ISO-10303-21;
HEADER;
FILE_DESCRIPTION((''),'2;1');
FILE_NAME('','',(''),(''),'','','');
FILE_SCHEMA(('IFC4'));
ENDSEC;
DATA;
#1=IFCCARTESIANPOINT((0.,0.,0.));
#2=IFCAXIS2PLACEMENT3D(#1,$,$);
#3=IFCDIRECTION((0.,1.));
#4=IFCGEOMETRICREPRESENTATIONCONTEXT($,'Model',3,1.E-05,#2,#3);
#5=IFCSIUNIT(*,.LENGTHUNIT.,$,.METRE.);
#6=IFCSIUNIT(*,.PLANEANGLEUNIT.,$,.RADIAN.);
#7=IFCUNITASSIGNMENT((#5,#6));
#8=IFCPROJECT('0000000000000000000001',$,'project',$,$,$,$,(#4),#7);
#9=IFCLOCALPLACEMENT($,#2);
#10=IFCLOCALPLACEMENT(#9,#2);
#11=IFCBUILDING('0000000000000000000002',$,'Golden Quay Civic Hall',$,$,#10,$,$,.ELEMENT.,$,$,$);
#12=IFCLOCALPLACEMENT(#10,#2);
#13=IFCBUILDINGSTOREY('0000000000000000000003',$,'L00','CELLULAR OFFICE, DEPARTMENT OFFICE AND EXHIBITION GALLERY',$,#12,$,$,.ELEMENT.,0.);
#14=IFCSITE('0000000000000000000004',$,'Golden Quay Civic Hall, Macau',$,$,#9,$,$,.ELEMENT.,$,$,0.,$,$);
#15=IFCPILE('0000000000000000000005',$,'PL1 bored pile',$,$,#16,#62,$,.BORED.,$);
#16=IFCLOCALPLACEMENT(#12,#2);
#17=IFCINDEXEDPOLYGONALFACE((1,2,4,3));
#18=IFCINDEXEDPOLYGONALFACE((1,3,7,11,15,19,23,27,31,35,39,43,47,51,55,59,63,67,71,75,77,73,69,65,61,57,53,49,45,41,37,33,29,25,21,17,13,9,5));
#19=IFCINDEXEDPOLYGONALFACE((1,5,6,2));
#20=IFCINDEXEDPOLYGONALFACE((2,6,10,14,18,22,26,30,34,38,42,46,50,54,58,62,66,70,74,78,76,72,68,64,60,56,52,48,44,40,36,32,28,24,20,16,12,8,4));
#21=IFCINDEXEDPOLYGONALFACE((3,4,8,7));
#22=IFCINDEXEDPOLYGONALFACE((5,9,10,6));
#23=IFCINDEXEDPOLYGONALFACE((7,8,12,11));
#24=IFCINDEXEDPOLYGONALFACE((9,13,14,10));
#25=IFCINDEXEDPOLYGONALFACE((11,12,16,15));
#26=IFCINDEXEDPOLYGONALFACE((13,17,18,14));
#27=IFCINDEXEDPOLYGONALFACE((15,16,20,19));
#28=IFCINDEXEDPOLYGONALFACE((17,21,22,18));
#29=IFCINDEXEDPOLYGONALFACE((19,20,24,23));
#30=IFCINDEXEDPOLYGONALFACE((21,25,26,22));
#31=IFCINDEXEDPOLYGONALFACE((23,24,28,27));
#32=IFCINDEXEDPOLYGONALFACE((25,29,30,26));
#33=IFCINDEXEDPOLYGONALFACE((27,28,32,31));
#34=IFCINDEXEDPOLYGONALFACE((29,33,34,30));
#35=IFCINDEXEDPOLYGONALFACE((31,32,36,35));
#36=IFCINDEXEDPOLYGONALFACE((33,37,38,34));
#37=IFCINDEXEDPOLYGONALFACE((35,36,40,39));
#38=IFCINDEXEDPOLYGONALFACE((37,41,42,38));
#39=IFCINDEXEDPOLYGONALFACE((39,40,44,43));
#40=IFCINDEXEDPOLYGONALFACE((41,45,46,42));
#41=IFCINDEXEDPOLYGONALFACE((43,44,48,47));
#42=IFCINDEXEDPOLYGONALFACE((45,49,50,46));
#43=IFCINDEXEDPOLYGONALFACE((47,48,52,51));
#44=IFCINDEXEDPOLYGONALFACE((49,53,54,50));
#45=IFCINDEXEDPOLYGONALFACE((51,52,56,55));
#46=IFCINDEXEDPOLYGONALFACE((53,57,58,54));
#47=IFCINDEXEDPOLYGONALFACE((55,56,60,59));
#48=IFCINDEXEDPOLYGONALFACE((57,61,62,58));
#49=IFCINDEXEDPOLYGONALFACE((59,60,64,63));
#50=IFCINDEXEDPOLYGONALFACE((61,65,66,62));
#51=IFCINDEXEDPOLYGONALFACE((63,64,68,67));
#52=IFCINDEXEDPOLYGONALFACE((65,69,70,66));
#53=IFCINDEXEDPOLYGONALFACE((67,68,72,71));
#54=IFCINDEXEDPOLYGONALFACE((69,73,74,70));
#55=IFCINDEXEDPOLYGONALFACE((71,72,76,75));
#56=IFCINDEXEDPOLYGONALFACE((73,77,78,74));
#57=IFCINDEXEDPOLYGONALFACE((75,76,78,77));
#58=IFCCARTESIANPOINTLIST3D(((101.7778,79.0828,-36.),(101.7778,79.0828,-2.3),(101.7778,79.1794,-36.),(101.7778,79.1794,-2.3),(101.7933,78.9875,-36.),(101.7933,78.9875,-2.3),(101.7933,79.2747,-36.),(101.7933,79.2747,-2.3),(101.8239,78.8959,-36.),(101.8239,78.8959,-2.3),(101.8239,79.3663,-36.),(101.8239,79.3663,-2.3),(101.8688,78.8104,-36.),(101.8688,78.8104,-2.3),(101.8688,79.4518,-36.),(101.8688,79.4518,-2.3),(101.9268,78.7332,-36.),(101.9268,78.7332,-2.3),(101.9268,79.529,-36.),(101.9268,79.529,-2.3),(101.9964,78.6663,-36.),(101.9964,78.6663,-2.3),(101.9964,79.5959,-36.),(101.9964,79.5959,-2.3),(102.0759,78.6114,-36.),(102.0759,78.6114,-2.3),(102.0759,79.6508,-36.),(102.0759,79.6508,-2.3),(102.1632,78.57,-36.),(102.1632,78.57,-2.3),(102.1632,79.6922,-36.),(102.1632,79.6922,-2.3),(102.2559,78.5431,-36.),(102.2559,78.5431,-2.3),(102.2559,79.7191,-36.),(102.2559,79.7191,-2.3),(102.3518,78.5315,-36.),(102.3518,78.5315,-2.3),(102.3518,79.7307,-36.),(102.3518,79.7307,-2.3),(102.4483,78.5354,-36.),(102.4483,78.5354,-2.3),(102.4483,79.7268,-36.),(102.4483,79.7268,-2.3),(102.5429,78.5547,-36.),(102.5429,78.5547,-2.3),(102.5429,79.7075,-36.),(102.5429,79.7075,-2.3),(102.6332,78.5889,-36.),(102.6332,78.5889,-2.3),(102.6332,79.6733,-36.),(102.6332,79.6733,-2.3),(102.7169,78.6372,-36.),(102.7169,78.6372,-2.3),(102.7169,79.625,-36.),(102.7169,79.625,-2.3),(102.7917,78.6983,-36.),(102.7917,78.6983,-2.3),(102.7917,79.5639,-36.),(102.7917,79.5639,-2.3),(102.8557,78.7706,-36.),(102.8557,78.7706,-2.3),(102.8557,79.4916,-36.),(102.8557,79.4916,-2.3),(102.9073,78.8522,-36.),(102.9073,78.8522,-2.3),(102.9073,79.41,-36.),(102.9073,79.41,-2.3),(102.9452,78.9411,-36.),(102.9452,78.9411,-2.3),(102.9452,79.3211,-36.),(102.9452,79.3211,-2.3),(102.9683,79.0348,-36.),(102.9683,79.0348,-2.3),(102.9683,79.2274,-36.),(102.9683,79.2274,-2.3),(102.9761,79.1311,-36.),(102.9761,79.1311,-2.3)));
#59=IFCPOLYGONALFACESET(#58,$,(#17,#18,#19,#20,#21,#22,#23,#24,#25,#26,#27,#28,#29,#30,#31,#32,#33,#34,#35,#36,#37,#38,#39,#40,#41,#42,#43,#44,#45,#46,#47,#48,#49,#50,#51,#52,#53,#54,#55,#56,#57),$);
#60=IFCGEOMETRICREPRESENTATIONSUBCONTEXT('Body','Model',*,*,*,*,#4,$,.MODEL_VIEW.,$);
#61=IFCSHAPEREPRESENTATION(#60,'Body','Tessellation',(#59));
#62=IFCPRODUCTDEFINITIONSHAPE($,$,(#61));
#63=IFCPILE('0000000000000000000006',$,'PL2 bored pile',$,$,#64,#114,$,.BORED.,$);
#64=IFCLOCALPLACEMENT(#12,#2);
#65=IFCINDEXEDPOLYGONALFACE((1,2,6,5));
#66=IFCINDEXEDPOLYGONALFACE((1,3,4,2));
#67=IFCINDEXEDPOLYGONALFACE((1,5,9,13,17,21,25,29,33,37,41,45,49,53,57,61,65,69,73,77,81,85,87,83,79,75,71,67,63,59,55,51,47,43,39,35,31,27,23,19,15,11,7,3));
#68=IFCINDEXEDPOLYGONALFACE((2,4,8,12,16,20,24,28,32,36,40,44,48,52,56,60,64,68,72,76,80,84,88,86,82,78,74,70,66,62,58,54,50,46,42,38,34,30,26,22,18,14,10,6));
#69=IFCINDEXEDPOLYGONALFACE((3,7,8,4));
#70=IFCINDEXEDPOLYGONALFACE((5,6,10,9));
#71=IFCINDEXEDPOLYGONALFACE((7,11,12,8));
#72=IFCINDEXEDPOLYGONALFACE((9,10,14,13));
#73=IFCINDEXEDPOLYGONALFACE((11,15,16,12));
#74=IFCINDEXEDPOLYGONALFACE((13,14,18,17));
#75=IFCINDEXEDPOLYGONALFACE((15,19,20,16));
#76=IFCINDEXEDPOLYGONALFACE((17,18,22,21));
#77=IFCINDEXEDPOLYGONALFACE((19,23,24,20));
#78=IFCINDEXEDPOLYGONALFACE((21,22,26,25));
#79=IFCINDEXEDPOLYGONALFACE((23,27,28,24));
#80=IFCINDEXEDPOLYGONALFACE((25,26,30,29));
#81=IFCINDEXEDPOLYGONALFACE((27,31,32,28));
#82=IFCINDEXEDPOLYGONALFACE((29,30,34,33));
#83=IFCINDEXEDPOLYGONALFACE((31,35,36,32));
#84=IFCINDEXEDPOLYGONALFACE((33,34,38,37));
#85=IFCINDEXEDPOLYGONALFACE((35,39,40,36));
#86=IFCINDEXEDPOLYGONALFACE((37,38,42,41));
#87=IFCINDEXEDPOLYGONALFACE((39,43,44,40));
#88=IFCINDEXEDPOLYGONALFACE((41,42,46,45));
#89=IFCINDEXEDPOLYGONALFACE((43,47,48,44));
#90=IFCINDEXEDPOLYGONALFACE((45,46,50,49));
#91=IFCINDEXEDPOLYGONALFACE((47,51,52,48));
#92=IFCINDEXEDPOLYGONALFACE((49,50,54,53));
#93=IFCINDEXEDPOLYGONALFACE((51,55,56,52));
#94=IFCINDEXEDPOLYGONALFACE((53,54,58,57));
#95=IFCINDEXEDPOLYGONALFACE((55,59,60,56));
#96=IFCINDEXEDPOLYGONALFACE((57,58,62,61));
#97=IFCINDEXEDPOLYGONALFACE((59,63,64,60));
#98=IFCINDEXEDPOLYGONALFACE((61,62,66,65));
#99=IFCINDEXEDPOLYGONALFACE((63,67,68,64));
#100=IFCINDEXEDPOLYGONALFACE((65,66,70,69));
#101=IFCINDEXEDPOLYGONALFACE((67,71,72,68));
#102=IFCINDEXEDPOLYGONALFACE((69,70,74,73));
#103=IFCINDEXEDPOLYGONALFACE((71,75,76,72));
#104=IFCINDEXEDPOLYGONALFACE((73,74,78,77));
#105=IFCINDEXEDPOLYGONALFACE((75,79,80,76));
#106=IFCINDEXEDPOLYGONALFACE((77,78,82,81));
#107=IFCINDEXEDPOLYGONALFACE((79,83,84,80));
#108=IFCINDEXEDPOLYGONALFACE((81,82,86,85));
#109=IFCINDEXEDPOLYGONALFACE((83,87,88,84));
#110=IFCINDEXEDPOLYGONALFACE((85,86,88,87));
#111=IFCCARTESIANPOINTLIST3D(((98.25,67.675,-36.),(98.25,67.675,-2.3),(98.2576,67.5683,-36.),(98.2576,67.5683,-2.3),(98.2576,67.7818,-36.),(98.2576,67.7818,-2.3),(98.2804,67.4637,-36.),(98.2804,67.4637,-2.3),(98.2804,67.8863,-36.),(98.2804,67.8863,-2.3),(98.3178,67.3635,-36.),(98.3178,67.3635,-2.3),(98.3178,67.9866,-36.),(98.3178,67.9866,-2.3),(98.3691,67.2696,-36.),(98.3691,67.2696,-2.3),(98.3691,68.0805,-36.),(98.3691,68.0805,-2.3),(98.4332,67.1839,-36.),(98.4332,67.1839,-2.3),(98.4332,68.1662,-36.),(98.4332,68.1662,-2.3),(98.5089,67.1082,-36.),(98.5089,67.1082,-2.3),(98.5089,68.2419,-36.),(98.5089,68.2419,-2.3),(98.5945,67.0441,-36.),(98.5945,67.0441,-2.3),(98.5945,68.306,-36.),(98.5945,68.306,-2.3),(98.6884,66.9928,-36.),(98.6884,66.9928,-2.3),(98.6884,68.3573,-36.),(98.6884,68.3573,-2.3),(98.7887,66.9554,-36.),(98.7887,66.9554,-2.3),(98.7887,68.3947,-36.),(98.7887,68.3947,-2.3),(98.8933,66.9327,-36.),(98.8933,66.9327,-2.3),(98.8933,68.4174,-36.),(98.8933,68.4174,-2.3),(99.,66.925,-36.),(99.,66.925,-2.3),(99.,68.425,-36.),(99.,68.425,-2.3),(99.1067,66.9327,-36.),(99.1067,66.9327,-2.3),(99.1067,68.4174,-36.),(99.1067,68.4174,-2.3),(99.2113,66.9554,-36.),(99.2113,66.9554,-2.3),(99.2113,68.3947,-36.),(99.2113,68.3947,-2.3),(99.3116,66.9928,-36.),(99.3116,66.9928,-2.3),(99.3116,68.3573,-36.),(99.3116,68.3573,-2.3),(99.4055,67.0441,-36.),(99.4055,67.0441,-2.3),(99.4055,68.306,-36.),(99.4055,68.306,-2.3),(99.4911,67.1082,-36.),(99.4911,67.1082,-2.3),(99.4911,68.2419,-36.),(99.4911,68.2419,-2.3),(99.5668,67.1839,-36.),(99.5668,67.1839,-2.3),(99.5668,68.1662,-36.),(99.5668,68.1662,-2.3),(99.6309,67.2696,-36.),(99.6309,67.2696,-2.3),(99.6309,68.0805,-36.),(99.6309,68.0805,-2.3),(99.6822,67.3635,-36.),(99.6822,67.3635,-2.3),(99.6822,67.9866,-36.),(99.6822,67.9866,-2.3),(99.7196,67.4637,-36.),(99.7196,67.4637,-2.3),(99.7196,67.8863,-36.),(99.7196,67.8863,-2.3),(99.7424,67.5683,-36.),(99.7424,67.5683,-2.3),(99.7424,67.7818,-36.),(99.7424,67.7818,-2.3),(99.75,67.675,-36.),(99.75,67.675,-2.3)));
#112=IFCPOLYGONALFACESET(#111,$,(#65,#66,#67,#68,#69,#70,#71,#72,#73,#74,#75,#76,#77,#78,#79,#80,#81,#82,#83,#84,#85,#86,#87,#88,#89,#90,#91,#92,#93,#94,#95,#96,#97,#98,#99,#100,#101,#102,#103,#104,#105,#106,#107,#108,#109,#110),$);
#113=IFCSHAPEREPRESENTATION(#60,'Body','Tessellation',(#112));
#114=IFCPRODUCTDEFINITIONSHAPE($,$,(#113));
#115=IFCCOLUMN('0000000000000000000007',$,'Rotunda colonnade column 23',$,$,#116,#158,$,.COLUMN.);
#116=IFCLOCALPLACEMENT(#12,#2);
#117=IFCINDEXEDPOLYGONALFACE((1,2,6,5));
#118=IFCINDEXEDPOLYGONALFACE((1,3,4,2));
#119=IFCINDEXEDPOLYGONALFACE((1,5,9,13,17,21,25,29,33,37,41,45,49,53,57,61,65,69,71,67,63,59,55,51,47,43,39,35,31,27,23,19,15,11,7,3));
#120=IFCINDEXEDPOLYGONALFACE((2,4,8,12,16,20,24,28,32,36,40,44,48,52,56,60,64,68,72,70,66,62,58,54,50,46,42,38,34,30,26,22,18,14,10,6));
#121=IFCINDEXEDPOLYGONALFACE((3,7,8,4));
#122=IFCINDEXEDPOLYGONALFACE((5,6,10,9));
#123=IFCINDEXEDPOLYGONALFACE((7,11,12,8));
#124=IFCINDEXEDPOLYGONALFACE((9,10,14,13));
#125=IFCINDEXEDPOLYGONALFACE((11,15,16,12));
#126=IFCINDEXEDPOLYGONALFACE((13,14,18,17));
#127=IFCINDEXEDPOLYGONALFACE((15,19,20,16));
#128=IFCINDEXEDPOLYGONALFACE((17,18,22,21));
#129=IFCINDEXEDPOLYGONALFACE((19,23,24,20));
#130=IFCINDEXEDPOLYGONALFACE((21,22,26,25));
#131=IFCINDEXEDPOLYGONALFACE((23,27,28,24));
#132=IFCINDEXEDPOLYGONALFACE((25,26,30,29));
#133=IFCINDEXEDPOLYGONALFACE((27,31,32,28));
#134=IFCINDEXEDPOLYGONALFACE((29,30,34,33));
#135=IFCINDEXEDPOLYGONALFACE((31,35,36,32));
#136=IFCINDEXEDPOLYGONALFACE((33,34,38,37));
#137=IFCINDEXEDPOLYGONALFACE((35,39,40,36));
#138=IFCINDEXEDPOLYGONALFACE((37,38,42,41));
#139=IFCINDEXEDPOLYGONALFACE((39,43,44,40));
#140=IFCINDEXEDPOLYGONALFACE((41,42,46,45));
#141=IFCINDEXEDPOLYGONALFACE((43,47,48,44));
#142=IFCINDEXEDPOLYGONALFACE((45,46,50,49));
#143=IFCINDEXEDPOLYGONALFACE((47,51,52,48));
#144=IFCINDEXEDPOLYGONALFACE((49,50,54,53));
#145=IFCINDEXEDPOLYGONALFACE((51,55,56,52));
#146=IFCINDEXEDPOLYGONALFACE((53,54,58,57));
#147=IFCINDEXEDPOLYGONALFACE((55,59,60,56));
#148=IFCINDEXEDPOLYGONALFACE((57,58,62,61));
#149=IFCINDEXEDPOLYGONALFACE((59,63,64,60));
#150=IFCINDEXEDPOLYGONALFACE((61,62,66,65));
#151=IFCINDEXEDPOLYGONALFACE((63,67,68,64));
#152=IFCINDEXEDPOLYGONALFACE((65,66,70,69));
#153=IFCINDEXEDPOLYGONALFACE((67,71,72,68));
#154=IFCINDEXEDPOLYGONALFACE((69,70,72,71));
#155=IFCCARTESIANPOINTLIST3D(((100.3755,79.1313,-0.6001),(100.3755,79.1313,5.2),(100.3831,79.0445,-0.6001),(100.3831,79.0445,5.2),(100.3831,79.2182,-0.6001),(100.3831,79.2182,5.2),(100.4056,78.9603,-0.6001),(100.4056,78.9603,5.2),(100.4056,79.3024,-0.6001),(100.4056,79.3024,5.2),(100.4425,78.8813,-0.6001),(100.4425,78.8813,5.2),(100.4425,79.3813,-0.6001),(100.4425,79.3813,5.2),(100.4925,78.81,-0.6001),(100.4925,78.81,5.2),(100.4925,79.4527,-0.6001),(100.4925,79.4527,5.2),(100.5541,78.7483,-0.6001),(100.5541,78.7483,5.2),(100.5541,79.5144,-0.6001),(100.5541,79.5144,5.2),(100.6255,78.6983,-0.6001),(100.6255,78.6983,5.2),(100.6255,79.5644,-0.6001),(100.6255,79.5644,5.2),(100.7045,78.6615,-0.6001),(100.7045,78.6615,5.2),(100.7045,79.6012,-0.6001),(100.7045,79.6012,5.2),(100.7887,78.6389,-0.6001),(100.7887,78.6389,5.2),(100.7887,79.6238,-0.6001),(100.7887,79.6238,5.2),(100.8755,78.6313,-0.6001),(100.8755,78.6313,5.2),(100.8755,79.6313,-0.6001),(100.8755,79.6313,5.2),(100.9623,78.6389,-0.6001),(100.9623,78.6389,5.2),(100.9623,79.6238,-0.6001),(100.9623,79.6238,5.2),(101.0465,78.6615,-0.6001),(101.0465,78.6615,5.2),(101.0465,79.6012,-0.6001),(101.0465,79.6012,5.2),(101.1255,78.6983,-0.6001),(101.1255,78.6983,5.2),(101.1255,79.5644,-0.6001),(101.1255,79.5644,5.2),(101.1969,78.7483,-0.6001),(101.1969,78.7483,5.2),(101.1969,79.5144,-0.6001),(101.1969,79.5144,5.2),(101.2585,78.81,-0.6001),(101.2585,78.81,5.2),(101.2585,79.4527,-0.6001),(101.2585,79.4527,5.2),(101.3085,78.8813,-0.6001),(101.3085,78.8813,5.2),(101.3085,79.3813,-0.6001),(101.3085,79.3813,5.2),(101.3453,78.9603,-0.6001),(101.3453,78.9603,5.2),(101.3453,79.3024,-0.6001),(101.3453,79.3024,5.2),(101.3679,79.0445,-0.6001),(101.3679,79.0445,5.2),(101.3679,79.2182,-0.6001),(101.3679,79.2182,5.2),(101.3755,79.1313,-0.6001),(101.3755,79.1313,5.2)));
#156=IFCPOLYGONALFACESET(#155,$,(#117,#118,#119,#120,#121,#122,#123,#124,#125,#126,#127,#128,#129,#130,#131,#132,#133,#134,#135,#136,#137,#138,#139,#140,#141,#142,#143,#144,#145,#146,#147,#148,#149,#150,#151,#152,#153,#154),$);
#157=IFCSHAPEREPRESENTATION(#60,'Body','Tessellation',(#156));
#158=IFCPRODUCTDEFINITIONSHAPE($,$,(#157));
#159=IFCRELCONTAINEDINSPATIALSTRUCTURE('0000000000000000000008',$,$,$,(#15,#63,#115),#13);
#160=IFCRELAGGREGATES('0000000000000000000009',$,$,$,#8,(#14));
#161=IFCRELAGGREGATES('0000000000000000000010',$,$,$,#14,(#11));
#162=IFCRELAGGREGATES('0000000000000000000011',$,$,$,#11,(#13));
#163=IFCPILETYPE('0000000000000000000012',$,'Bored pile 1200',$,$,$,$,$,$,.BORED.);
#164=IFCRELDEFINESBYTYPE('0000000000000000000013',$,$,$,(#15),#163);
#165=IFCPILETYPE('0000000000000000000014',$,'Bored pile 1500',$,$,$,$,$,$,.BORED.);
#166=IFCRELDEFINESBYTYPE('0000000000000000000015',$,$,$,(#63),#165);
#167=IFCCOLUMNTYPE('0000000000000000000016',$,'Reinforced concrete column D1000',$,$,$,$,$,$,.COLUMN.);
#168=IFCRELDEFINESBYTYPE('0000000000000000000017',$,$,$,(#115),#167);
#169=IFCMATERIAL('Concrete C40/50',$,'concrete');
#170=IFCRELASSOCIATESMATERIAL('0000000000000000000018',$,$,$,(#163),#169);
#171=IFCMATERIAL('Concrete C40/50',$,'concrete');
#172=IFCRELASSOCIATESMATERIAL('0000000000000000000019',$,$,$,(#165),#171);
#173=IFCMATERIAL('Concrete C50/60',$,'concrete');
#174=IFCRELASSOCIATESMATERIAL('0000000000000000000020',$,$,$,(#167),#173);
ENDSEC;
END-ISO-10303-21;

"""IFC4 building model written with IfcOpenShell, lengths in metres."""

from ifc_helpers import new_model, si_unit, direction, frame, origin, origin_2d, place, context, subcontext, project, spatial, circle, extrude, material, material_profile, profile_set, type_object, element, save


model = new_model("IFC4")

# Units and contexts
model_context = context("Model", 3, precision=1e-05, world=origin(), true_north=direction((0.0, 1.0)))
body_context = subcontext(model_context, "Body", "Model", "MODEL_VIEW")
ifc_project = project(units=[si_unit("LENGTHUNIT", "METRE"), si_unit("PLANEANGLEUNIT", "RADIAN")], contexts=[model_context])

# Site, building, storey
site_placement = place(None, origin())
site = spatial("IfcSite", under=ifc_project, at=site_placement, Name="Golden Quay Civic Hall, Macau", CompositionType="ELEMENT", RefElevation=0.0)
building_placement = place(site_placement, origin())
building = spatial("IfcBuilding", under=site, at=building_placement, Name="Golden Quay Civic Hall", CompositionType="ELEMENT")
storey_placement = place(building_placement, origin())
storey = spatial("IfcBuildingStorey", under=building, at=storey_placement, Name="L00", Description="CELLULAR OFFICE, DEPARTMENT OFFICE AND EXHIBITION GALLERY", CompositionType="ELEMENT", Elevation=0.0)

# Piles
ifc_material_1 = material(Name="Concrete C40/50", Category="concrete")
ifc_material_profile_1 = material_profile(ifc_material_1, circle(Radius=0.6001, at=origin_2d()), Name="RC D1200")
ifc_profile_set_1 = profile_set([ifc_material_profile_1], Name="Concrete C40/50")
pile_type_1 = type_object("IfcPileType", Name="Bored pile 1200", PredefinedType="BORED", material=ifc_profile_set_1)
for number, where, z_axis, x_axis, name in (
    (1, (102.376, 79.1311, -2.3), (0.0, 0.0, -1.0), (1.0, 0.0, 0.0), "PL1 bored pile"),
):
    element("IfcPile", number, at=place(storey_placement, frame(where, z_axis=z_axis, x_axis=x_axis)), inside=storey, type_object=pile_type_1, Name=name, PredefinedType="BORED", context=body_context, shape_type="SweptSolid", body=[
        extrude(circle(Radius=0.6001, at=origin_2d()), origin(), (0.0, 0.0, 1.0), 33.7),
    ])
ifc_material_2 = material(Name="Concrete C40/50", Category="concrete")
ifc_material_profile_2 = material_profile(ifc_material_2, circle(Radius=0.75, at=origin_2d()), Name="RC D1500")
ifc_profile_set_2 = profile_set([ifc_material_profile_2], Name="Concrete C40/50")
pile_type_2 = type_object("IfcPileType", Name="Bored pile 1500", PredefinedType="BORED", material=ifc_profile_set_2)
pile_placement = place(storey_placement, frame((99.0, 67.675, -2.3), z_axis=(0.0, 0.0, -1.0), x_axis=(1.0, 0.0, 0.0)))
element("IfcPile", 2, at=pile_placement, inside=storey, type_object=pile_type_2, Name="PL2 bored pile", PredefinedType="BORED", context=body_context, shape_type="SweptSolid", body=[
    extrude(circle(Radius=0.75, at=origin_2d()), origin(), (0.0, 0.0, 1.0), 33.7),
])

# Column
ifc_material_3 = material(Name="Concrete C50/60", Category="concrete")
ifc_material_profile_3 = material_profile(ifc_material_3, circle(Radius=0.5, at=origin_2d()), Name="RC D1000")
ifc_profile_set_3 = profile_set([ifc_material_profile_3], Name="Concrete C50/60")
column_type_1 = type_object("IfcColumnType", Name="Reinforced concrete column D1000", PredefinedType="COLUMN", material=ifc_profile_set_3)
for number, where, z_axis, x_axis, name in (
    (3, (100.8755, 79.1313, -0.6001), (0.0, 0.0, 1.0), (1.0, 0.0, 0.0), "Rotunda colonnade column 23"),
):
    element("IfcColumn", number, at=place(storey_placement, frame(where, z_axis=z_axis, x_axis=x_axis)), inside=storey, type_object=column_type_1, Name=name, PredefinedType="COLUMN", context=body_context, shape_type="SweptSolid", body=[
        extrude(circle(Radius=0.5, at=origin_2d()), origin(), (0.0, 0.0, 1.0), 5.8),
    ])

save(model, "model.ifc")
